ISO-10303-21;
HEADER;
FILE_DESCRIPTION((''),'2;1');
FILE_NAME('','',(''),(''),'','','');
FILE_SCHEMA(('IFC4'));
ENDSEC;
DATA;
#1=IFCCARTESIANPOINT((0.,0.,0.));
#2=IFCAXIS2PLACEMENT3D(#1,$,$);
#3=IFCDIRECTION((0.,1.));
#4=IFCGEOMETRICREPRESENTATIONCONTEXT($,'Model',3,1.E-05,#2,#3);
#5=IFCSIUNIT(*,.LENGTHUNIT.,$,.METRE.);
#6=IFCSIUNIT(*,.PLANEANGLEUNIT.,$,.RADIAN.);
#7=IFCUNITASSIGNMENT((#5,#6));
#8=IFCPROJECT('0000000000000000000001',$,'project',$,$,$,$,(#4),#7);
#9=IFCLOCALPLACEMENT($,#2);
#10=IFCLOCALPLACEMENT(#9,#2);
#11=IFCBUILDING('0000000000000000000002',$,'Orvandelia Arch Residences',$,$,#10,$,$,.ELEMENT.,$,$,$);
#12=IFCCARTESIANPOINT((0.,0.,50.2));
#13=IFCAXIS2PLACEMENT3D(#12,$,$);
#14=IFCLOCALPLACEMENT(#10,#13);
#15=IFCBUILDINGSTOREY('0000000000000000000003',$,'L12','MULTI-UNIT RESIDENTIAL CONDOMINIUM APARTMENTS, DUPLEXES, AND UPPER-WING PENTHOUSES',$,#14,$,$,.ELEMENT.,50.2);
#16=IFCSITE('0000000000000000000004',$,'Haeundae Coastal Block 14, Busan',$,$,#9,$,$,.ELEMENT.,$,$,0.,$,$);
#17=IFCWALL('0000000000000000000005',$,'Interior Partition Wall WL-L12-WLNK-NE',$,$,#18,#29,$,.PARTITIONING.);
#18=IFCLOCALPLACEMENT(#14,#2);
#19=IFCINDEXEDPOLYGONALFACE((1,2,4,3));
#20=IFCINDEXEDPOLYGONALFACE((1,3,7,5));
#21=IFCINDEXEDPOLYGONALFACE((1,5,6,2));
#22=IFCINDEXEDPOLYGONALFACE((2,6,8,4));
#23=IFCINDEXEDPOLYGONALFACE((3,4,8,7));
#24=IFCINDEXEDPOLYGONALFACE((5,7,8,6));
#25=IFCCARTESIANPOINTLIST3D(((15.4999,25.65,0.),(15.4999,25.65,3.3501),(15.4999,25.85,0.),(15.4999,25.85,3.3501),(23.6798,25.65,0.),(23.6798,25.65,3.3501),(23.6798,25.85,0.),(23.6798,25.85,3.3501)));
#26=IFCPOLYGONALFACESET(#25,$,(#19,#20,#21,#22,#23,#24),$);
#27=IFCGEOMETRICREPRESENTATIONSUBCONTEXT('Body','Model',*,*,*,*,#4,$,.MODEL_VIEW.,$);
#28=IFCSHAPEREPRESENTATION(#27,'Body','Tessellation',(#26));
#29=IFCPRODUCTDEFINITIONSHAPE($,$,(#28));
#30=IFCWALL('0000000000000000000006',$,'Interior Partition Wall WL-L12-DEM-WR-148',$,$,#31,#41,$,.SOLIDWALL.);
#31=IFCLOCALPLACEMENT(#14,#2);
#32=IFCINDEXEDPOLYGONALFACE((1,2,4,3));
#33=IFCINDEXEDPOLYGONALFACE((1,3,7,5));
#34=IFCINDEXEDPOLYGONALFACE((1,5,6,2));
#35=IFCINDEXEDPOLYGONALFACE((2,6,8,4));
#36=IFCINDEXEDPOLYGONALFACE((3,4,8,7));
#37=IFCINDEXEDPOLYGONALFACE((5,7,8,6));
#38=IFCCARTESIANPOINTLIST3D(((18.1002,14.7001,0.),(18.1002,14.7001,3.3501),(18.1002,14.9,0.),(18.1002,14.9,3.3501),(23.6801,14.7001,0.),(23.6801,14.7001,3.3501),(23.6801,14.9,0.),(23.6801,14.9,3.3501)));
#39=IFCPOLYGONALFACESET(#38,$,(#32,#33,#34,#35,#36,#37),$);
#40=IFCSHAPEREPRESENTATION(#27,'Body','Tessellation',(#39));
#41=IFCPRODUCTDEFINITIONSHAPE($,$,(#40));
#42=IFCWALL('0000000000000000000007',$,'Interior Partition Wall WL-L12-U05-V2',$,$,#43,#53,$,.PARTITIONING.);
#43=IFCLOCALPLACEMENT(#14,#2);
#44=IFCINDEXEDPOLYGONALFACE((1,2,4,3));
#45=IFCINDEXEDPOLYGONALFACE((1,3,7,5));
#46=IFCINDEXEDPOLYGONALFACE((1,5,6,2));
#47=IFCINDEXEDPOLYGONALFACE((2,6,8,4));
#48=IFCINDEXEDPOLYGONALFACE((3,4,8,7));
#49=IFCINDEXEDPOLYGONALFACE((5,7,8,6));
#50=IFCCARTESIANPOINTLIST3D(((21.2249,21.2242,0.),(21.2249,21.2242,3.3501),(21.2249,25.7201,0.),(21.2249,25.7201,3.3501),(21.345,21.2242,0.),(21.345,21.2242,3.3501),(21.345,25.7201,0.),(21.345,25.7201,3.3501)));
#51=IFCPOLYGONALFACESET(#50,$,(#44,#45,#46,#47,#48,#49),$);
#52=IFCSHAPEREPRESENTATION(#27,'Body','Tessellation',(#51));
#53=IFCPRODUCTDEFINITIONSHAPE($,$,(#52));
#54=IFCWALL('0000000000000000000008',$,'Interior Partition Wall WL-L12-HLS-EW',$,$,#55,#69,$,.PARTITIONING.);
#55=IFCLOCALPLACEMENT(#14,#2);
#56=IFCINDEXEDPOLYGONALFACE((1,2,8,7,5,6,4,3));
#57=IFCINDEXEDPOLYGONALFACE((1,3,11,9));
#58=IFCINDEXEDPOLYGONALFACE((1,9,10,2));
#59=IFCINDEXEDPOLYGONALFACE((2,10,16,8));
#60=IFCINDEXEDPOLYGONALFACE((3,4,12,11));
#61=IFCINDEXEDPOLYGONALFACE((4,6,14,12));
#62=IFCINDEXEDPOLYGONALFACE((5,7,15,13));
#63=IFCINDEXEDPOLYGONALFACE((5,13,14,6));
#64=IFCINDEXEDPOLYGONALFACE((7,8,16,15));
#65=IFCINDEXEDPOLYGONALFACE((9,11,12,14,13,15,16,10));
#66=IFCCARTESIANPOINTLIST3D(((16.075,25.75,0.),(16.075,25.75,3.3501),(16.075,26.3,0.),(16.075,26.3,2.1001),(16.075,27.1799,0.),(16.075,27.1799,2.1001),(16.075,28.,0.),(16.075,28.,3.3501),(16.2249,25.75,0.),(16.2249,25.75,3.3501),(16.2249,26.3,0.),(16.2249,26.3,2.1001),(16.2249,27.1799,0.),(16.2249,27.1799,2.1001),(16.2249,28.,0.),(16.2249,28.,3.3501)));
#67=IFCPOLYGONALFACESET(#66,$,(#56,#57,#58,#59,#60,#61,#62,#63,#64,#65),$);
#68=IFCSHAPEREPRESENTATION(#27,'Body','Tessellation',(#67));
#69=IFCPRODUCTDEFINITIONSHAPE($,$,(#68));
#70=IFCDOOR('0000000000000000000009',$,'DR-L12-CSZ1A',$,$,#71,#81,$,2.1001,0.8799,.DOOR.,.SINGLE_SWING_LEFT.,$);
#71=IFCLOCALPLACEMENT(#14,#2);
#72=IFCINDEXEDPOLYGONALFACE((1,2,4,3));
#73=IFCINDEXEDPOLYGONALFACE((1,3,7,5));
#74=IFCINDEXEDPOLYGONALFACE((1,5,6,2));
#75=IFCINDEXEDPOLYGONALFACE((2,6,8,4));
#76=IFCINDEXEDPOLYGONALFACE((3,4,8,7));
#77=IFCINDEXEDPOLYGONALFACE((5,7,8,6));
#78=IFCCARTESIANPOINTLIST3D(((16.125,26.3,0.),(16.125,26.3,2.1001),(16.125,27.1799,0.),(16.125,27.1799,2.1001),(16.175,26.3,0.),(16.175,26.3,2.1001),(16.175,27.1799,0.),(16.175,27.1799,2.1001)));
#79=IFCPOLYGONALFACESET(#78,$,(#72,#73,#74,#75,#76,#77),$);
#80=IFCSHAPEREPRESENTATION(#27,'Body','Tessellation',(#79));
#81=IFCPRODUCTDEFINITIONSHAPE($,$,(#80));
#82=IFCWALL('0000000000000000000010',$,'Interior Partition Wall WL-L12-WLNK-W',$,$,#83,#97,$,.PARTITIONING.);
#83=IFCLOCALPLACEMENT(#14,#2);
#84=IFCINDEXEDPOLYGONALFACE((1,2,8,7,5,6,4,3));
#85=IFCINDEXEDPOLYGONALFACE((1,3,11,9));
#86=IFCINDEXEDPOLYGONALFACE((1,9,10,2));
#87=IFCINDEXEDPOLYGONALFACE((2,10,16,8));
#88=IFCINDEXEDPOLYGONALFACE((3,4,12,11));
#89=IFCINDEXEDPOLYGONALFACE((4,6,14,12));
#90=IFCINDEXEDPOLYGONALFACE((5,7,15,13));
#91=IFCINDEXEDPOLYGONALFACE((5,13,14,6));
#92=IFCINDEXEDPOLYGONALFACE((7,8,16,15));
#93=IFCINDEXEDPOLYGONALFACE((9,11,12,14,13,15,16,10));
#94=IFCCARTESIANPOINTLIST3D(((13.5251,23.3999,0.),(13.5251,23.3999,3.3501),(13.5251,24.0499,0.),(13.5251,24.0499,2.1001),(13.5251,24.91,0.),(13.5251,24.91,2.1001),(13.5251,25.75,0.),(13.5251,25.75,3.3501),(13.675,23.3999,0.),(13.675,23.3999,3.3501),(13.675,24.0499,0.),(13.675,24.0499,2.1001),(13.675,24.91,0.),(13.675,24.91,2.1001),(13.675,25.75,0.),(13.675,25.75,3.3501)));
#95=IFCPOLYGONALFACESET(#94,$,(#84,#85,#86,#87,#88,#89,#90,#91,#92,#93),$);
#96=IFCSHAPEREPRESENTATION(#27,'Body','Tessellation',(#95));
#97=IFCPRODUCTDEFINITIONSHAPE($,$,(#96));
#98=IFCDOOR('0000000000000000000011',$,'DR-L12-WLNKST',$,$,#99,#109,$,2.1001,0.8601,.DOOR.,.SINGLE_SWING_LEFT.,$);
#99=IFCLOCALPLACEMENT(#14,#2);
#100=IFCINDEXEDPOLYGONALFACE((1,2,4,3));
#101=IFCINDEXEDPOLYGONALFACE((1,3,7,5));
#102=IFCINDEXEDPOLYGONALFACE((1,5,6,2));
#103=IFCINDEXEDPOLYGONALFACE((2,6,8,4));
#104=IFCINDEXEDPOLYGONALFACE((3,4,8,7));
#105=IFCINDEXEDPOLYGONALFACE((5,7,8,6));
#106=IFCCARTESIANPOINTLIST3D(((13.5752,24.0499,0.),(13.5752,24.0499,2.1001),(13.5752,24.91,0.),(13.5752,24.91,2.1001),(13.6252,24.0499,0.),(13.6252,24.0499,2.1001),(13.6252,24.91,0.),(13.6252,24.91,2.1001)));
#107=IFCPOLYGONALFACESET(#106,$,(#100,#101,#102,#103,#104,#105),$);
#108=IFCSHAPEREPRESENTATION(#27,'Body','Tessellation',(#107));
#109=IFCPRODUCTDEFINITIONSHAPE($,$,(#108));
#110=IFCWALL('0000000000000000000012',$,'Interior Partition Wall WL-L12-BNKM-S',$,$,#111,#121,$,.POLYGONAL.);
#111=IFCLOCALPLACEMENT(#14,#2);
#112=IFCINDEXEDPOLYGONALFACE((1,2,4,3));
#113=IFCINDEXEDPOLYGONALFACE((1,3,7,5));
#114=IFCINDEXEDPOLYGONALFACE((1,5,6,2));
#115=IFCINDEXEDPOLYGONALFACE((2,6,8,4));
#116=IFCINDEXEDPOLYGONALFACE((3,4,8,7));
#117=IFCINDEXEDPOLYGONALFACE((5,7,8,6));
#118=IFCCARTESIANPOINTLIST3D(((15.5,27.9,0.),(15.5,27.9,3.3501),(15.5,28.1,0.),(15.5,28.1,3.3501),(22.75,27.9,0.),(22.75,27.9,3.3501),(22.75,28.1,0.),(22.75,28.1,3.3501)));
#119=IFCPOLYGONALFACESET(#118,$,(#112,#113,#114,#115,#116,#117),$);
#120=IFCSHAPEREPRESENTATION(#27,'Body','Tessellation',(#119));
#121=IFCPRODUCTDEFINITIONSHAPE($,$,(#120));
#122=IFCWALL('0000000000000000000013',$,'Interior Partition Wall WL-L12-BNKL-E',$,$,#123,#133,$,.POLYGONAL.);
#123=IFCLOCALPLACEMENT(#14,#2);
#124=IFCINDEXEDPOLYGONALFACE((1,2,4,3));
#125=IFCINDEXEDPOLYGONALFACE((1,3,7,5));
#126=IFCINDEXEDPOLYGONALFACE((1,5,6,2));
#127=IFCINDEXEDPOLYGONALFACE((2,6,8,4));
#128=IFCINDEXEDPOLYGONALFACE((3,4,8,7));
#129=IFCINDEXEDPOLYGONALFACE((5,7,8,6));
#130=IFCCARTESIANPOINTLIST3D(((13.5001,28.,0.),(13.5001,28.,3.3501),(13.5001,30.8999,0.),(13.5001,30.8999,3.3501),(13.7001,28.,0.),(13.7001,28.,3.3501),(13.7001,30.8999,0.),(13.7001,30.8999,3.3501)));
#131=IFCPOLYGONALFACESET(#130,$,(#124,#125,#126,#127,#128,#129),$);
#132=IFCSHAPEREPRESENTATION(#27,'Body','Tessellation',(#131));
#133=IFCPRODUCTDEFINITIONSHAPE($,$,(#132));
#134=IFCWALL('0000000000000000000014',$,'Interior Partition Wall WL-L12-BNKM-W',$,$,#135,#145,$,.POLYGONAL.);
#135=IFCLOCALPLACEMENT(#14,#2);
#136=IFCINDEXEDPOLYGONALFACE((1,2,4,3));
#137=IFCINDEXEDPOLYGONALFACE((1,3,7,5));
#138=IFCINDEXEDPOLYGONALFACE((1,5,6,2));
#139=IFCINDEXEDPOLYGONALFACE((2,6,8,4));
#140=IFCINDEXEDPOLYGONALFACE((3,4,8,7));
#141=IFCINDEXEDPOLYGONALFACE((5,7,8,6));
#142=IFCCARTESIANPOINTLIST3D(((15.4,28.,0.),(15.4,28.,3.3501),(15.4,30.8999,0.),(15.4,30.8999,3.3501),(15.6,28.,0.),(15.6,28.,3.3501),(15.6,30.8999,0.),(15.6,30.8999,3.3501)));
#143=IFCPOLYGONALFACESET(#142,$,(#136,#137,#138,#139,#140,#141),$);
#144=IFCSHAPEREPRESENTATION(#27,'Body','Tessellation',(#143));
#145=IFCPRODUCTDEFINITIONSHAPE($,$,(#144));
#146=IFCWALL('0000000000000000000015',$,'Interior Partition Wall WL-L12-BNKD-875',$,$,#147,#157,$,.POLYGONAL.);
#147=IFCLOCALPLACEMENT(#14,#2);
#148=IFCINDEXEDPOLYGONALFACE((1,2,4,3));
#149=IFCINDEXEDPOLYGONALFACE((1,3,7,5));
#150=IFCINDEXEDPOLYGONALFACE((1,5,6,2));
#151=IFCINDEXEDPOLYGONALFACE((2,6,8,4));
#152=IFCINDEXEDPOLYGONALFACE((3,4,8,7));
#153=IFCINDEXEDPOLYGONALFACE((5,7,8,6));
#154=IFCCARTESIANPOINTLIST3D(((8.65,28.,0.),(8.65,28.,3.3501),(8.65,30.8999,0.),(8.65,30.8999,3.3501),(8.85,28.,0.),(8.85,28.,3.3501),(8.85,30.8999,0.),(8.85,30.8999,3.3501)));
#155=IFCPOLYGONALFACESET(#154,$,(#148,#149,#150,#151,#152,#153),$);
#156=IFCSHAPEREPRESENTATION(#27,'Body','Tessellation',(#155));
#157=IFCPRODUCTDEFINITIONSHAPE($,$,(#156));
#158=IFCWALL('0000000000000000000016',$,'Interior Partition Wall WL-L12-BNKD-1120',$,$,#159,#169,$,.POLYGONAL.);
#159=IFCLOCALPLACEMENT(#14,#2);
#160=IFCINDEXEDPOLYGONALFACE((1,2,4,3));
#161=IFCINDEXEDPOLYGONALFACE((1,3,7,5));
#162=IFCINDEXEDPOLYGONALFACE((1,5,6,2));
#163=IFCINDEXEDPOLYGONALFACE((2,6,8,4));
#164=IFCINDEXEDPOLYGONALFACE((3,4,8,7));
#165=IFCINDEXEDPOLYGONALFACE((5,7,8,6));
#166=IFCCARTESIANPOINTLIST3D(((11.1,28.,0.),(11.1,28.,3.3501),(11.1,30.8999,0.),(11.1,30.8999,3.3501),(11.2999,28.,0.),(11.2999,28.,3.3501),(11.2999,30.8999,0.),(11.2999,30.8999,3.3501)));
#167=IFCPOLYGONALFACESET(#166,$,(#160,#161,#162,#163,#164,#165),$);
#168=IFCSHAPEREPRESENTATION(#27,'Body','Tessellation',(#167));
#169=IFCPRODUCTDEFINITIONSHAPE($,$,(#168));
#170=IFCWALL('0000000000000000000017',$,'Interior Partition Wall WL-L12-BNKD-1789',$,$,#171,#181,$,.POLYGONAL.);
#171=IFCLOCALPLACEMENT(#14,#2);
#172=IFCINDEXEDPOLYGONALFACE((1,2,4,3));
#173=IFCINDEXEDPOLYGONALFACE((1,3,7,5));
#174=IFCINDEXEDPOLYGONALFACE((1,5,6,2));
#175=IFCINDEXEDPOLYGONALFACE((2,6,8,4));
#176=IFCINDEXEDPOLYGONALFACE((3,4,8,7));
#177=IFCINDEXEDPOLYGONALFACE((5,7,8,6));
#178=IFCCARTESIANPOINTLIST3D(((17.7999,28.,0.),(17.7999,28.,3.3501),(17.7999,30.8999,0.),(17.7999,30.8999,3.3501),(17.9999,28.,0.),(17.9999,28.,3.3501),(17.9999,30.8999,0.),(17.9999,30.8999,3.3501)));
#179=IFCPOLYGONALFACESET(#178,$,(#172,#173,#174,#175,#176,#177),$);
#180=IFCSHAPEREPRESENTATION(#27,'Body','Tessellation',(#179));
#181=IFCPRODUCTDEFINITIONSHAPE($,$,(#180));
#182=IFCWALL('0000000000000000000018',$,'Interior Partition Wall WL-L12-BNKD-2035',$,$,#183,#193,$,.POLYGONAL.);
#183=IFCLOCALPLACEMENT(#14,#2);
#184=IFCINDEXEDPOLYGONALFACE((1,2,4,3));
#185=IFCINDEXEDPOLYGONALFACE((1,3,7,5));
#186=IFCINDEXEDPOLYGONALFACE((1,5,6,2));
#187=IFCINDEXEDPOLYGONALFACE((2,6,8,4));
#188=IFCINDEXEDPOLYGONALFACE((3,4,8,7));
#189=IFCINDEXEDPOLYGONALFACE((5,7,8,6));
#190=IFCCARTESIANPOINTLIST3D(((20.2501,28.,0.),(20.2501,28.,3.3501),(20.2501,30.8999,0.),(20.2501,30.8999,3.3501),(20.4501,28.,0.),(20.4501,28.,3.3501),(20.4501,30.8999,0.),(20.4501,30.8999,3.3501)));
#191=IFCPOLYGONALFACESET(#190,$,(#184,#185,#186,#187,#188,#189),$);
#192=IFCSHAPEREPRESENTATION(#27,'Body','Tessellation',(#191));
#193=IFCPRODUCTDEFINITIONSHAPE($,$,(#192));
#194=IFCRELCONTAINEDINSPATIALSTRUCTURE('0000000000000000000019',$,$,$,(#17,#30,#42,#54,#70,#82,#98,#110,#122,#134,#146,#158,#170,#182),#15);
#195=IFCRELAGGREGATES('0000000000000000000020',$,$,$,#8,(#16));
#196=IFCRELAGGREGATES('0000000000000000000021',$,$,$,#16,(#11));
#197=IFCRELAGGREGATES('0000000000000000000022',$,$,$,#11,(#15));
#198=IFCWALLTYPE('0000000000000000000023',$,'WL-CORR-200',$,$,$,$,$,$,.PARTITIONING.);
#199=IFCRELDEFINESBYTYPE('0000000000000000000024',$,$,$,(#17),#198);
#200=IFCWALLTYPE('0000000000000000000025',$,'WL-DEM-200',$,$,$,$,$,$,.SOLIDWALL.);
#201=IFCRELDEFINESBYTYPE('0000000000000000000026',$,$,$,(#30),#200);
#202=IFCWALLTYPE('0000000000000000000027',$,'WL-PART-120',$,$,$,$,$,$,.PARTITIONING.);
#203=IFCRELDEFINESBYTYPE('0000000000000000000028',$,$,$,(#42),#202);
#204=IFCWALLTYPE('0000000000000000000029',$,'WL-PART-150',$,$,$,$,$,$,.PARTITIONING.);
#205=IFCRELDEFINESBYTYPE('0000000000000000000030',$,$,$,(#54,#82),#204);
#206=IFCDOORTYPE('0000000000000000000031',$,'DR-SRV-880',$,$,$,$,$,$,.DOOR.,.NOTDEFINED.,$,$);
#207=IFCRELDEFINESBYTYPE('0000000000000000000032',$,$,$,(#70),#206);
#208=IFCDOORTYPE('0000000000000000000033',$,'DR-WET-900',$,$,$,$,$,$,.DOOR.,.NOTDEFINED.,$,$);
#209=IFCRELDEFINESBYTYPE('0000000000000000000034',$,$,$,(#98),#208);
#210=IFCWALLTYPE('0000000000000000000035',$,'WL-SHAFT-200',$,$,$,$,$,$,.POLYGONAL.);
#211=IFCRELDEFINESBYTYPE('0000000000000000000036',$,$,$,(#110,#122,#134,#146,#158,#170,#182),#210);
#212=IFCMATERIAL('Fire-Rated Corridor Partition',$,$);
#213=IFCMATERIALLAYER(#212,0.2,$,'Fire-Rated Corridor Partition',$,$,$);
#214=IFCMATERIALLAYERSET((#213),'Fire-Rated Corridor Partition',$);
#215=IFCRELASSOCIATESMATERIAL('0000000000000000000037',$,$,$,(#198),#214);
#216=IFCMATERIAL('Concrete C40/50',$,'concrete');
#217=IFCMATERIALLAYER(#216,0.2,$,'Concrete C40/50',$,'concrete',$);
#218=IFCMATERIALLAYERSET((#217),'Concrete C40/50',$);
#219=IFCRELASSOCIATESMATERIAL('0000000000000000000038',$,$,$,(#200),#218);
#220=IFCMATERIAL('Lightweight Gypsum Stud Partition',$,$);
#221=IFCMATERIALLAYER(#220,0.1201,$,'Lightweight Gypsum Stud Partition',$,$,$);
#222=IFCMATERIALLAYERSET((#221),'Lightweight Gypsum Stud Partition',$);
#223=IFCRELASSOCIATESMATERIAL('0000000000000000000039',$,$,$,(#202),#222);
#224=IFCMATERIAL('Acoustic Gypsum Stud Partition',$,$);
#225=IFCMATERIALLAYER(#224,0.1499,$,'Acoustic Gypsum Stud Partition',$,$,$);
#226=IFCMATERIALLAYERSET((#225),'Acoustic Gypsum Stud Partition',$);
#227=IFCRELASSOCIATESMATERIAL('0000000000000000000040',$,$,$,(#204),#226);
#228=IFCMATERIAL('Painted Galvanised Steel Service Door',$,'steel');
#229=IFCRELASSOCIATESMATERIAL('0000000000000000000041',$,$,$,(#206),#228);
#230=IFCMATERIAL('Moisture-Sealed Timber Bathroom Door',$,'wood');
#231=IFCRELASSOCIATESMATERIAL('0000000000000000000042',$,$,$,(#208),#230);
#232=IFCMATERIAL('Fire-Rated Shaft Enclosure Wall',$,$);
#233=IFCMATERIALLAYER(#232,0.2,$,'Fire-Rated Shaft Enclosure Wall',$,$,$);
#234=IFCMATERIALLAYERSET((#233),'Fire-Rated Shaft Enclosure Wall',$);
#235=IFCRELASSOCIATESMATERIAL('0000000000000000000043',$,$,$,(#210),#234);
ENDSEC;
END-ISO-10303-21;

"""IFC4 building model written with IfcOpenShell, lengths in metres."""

from ifc_helpers import new_model, si_unit, direction, frame, frame_2d, origin, place, context, subcontext, project, spatial, rectangle, extrude, material, layer, layer_set, type_object, element, fill, save


model = new_model("IFC4")

# Units and contexts
model_context = context("Model", 3, precision=1e-05, world=origin(), true_north=direction((0.0, 1.0)))
body_context = subcontext(model_context, "Body", "Model", "MODEL_VIEW")
ifc_project = project(units=[si_unit("LENGTHUNIT", "METRE"), si_unit("PLANEANGLEUNIT", "RADIAN")], contexts=[model_context])

# Site, building, storey
site_placement = place(None, origin())
site = spatial("IfcSite", under=ifc_project, at=site_placement, Name="Haeundae Coastal Block 14, Busan", CompositionType="ELEMENT", RefElevation=0.0)
building_placement = place(site_placement, origin())
building = spatial("IfcBuilding", under=site, at=building_placement, Name="Orvandelia Arch Residences", CompositionType="ELEMENT")
storey_placement = place(building_placement, frame((0.0, 0.0, 50.2)))
storey = spatial("IfcBuildingStorey", under=building, at=storey_placement, Name="L12", Description="MULTI-UNIT RESIDENTIAL CONDOMINIUM APARTMENTS, DUPLEXES, AND UPPER-WING PENTHOUSES", CompositionType="ELEMENT", Elevation=50.2)

# Walls
ifc_material_1 = material(Name="Fire-Rated Corridor Partition")
ifc_layer_1 = layer(ifc_material_1, 0.2, Name="Fire-Rated Corridor Partition")
ifc_layer_set_1 = layer_set([ifc_layer_1], Name="Fire-Rated Corridor Partition")
wall_type_1 = type_object("IfcWallType", Name="WL-CORR-200", PredefinedType="PARTITIONING", material=ifc_layer_set_1)
wall_1_placement = place(storey_placement, frame((15.5, 25.75, 0.0), z_axis=(0.0, 0.0, 1.0), x_axis=(1.0, 0.0, 0.0)))
element("IfcWall", 1, at=wall_1_placement, inside=storey, type_object=wall_type_1, Name="Interior Partition Wall WL-L12-WLNK-NE", PredefinedType="PARTITIONING", context=body_context, shape_type="SweptSolid", body=[
    extrude(rectangle(XDim=8.1799, YDim=0.2, at=frame_2d((4.0898, 0.0))), origin(), (0.0, 0.0, 1.0), 3.3501),
])
ifc_material_2 = material(Name="Concrete C40/50", Category="concrete")
ifc_layer_2 = layer(ifc_material_2, 0.2, Name="Concrete C40/50", Category="concrete")
ifc_layer_set_2 = layer_set([ifc_layer_2], Name="Concrete C40/50")
wall_type_2 = type_object("IfcWallType", Name="WL-DEM-200", PredefinedType="SOLIDWALL", material=ifc_layer_set_2)
wall_2_placement = place(storey_placement, frame((18.1001, 14.8, 0.0), z_axis=(0.0, 0.0, 1.0), x_axis=(1.0, 0.0, 0.0)))
element("IfcWall", 2, at=wall_2_placement, inside=storey, type_object=wall_type_2, Name="Interior Partition Wall WL-L12-DEM-WR-148", PredefinedType="SOLIDWALL", context=body_context, shape_type="SweptSolid", body=[
    extrude(rectangle(XDim=5.5798, YDim=0.2, at=frame_2d((2.79, 0.0))), origin(), (0.0, 0.0, 1.0), 3.3501),
])
ifc_material_3 = material(Name="Lightweight Gypsum Stud Partition")
ifc_layer_3 = layer(ifc_material_3, 0.1201, Name="Lightweight Gypsum Stud Partition")
ifc_layer_set_3 = layer_set([ifc_layer_3], Name="Lightweight Gypsum Stud Partition")
wall_type_3 = type_object("IfcWallType", Name="WL-PART-120", PredefinedType="PARTITIONING", material=ifc_layer_set_3)
wall_3_placement = place(storey_placement, frame((21.2849, 21.2241, 0.0), z_axis=(0.0, 0.0, 1.0), x_axis=(0.0, 1.0, 0.0)))
element("IfcWall", 3, at=wall_3_placement, inside=storey, type_object=wall_type_3, Name="Interior Partition Wall WL-L12-U05-V2", PredefinedType="PARTITIONING", context=body_context, shape_type="SweptSolid", body=[
    extrude(rectangle(XDim=4.4958, YDim=0.1201, at=frame_2d((2.248, 0.0))), origin(), (0.0, 0.0, 1.0), 3.3501),
])

# Walls, openings, doors
ifc_material_4 = material(Name="Acoustic Gypsum Stud Partition")
ifc_layer_4 = layer(ifc_material_4, 0.1499, Name="Acoustic Gypsum Stud Partition")
ifc_layer_set_4 = layer_set([ifc_layer_4], Name="Acoustic Gypsum Stud Partition")
wall_type_4 = type_object("IfcWallType", Name="WL-PART-150", PredefinedType="PARTITIONING", material=ifc_layer_set_4)
wall_4_placement = place(storey_placement, frame((16.1499, 25.75, 0.0), z_axis=(0.0, 0.0, 1.0), x_axis=(0.0, 1.0, 0.0)))
wall_4 = element("IfcWall", 4, at=wall_4_placement, inside=storey, type_object=wall_type_4, Name="Interior Partition Wall WL-L12-HLS-EW", PredefinedType="PARTITIONING", context=body_context, shape_type="SweptSolid", body=[
    extrude(rectangle(XDim=2.25, YDim=0.1499, at=frame_2d((1.125, 0.0))), origin(), (0.0, 0.0, 1.0), 3.3501),
])
opening_1_placement = place(wall_4_placement, frame((0.55, 0.0, 0.0)))
opening_1 = element("IfcOpeningElement", 5, at=opening_1_placement, cuts=wall_4, PredefinedType="OPENING", context=body_context, shape_type="SweptSolid", body=[
    extrude(rectangle(XDim=0.8799, YDim=2.1001, at=frame_2d((0.4399, 1.05))), frame((0.0, 0.085, 0.0), z_axis=(0.0, -1.0, 0.0), x_axis=(1.0, 0.0, 0.0)), (0.0, 0.0, 1.0), 0.1699),
])
ifc_material_5 = material(Name="Painted Galvanised Steel Service Door", Category="steel")
door_type_1 = type_object("IfcDoorType", Name="DR-SRV-880", OperationType="NOTDEFINED", PredefinedType="DOOR", material=ifc_material_5)
door_1_placement = place(opening_1_placement, origin())
door_1 = element("IfcDoor", 6, at=door_1_placement, inside=storey, type_object=door_type_1, Name="DR-L12-CSZ1A", OperationType="SINGLE_SWING_LEFT", OverallHeight=2.1001, OverallWidth=0.8799, PredefinedType="DOOR", context=body_context, shape_type="SweptSolid", body=[
    extrude(rectangle(XDim=0.8799, YDim=2.1001, at=frame_2d((0.4399, 1.05))), frame((0.0, 0.0249, 0.0), z_axis=(0.0, -1.0, 0.0), x_axis=(1.0, 0.0, 0.0)), (0.0, 0.0, 1.0), 0.05),
])
fill(opening_1, door_1)
wall_5_placement = place(storey_placement, frame((13.6001, 23.3999, 0.0), z_axis=(0.0, 0.0, 1.0), x_axis=(0.0, 1.0, 0.0)))
wall_5 = element("IfcWall", 7, at=wall_5_placement, inside=storey, type_object=wall_type_4, Name="Interior Partition Wall WL-L12-WLNK-W", PredefinedType="PARTITIONING", context=body_context, shape_type="SweptSolid", body=[
    extrude(rectangle(XDim=2.3501, YDim=0.1499, at=frame_2d((1.175, 0.0))), origin(), (0.0, 0.0, 1.0), 3.3501),
])
opening_2_placement = place(wall_5_placement, frame((0.6499, 0.0, 0.0)))
opening_2 = element("IfcOpeningElement", 8, at=opening_2_placement, cuts=wall_5, PredefinedType="OPENING", context=body_context, shape_type="SweptSolid", body=[
    extrude(rectangle(XDim=0.8601, YDim=2.1001, at=frame_2d((0.4302, 1.05))), frame((0.0, 0.085, 0.0), z_axis=(0.0, -1.0, 0.0), x_axis=(1.0, 0.0, 0.0)), (0.0, 0.0, 1.0), 0.1699),
])
ifc_material_6 = material(Name="Moisture-Sealed Timber Bathroom Door", Category="wood")
door_type_2 = type_object("IfcDoorType", Name="DR-WET-900", OperationType="NOTDEFINED", PredefinedType="DOOR", material=ifc_material_6)
door_2_placement = place(opening_2_placement, origin())
door_2 = element("IfcDoor", 9, at=door_2_placement, inside=storey, type_object=door_type_2, Name="DR-L12-WLNKST", OperationType="SINGLE_SWING_LEFT", OverallHeight=2.1001, OverallWidth=0.8601, PredefinedType="DOOR", context=body_context, shape_type="SweptSolid", body=[
    extrude(rectangle(XDim=0.8601, YDim=2.1001, at=frame_2d((0.4302, 1.05))), frame((0.0, 0.0249, 0.0), z_axis=(0.0, -1.0, 0.0), x_axis=(1.0, 0.0, 0.0)), (0.0, 0.0, 1.0), 0.05),
])
fill(opening_2, door_2)

# Shared definitions
ifc_material_7 = material(Name="Fire-Rated Shaft Enclosure Wall")
ifc_layer_5 = layer(ifc_material_7, 0.2, Name="Fire-Rated Shaft Enclosure Wall")
ifc_layer_set_5 = layer_set([ifc_layer_5], Name="Fire-Rated Shaft Enclosure Wall")
wall_type_5 = type_object("IfcWallType", Name="WL-SHAFT-200", PredefinedType="POLYGONAL", material=ifc_layer_set_5)

# Walls
wall_6_placement = place(storey_placement, frame((15.5, 28.0, 0.0), z_axis=(0.0, 0.0, 1.0), x_axis=(1.0, 0.0, 0.0)))
element("IfcWall", 10, at=wall_6_placement, inside=storey, type_object=wall_type_5, Name="Interior Partition Wall WL-L12-BNKM-S", PredefinedType="POLYGONAL", context=body_context, shape_type="SweptSolid", body=[
    extrude(rectangle(XDim=7.25, YDim=0.2, at=frame_2d((3.625, 0.0))), origin(), (0.0, 0.0, 1.0), 3.3501),
])
for number, where, z_axis, x_axis, name in (
    (11, (13.6001, 28.0, 0.0), (0.0, 0.0, 1.0), (0.0, 1.0, 0.0), "Interior Partition Wall WL-L12-BNKL-E"),
    (12, (15.5, 28.0, 0.0), (0.0, 0.0, 1.0), (0.0, 1.0, 0.0), "Interior Partition Wall WL-L12-BNKM-W"),
    (13, (8.75, 28.0, 0.0), (0.0, 0.0, 1.0), (0.0, 1.0, 0.0), "Interior Partition Wall WL-L12-BNKD-875"),
    (14, (11.2, 28.0, 0.0), (0.0, 0.0, 1.0), (0.0, 1.0, 0.0), "Interior Partition Wall WL-L12-BNKD-1120"),
    (15, (17.8999, 28.0, 0.0), (0.0, 0.0, 1.0), (0.0, 1.0, 0.0), "Interior Partition Wall WL-L12-BNKD-1789"),
    (16, (20.3501, 28.0, 0.0), (0.0, 0.0, 1.0), (0.0, 1.0, 0.0), "Interior Partition Wall WL-L12-BNKD-2035"),
):
    element("IfcWall", number, at=place(storey_placement, frame(where, z_axis=z_axis, x_axis=x_axis)), inside=storey, type_object=wall_type_5, Name=name, PredefinedType="POLYGONAL", context=body_context, shape_type="SweptSolid", body=[
        extrude(rectangle(XDim=2.8999, YDim=0.2, at=frame_2d((1.45, 0.0))), origin(), (0.0, 0.0, 1.0), 3.3501),
    ])

save(model, "model.ifc")
